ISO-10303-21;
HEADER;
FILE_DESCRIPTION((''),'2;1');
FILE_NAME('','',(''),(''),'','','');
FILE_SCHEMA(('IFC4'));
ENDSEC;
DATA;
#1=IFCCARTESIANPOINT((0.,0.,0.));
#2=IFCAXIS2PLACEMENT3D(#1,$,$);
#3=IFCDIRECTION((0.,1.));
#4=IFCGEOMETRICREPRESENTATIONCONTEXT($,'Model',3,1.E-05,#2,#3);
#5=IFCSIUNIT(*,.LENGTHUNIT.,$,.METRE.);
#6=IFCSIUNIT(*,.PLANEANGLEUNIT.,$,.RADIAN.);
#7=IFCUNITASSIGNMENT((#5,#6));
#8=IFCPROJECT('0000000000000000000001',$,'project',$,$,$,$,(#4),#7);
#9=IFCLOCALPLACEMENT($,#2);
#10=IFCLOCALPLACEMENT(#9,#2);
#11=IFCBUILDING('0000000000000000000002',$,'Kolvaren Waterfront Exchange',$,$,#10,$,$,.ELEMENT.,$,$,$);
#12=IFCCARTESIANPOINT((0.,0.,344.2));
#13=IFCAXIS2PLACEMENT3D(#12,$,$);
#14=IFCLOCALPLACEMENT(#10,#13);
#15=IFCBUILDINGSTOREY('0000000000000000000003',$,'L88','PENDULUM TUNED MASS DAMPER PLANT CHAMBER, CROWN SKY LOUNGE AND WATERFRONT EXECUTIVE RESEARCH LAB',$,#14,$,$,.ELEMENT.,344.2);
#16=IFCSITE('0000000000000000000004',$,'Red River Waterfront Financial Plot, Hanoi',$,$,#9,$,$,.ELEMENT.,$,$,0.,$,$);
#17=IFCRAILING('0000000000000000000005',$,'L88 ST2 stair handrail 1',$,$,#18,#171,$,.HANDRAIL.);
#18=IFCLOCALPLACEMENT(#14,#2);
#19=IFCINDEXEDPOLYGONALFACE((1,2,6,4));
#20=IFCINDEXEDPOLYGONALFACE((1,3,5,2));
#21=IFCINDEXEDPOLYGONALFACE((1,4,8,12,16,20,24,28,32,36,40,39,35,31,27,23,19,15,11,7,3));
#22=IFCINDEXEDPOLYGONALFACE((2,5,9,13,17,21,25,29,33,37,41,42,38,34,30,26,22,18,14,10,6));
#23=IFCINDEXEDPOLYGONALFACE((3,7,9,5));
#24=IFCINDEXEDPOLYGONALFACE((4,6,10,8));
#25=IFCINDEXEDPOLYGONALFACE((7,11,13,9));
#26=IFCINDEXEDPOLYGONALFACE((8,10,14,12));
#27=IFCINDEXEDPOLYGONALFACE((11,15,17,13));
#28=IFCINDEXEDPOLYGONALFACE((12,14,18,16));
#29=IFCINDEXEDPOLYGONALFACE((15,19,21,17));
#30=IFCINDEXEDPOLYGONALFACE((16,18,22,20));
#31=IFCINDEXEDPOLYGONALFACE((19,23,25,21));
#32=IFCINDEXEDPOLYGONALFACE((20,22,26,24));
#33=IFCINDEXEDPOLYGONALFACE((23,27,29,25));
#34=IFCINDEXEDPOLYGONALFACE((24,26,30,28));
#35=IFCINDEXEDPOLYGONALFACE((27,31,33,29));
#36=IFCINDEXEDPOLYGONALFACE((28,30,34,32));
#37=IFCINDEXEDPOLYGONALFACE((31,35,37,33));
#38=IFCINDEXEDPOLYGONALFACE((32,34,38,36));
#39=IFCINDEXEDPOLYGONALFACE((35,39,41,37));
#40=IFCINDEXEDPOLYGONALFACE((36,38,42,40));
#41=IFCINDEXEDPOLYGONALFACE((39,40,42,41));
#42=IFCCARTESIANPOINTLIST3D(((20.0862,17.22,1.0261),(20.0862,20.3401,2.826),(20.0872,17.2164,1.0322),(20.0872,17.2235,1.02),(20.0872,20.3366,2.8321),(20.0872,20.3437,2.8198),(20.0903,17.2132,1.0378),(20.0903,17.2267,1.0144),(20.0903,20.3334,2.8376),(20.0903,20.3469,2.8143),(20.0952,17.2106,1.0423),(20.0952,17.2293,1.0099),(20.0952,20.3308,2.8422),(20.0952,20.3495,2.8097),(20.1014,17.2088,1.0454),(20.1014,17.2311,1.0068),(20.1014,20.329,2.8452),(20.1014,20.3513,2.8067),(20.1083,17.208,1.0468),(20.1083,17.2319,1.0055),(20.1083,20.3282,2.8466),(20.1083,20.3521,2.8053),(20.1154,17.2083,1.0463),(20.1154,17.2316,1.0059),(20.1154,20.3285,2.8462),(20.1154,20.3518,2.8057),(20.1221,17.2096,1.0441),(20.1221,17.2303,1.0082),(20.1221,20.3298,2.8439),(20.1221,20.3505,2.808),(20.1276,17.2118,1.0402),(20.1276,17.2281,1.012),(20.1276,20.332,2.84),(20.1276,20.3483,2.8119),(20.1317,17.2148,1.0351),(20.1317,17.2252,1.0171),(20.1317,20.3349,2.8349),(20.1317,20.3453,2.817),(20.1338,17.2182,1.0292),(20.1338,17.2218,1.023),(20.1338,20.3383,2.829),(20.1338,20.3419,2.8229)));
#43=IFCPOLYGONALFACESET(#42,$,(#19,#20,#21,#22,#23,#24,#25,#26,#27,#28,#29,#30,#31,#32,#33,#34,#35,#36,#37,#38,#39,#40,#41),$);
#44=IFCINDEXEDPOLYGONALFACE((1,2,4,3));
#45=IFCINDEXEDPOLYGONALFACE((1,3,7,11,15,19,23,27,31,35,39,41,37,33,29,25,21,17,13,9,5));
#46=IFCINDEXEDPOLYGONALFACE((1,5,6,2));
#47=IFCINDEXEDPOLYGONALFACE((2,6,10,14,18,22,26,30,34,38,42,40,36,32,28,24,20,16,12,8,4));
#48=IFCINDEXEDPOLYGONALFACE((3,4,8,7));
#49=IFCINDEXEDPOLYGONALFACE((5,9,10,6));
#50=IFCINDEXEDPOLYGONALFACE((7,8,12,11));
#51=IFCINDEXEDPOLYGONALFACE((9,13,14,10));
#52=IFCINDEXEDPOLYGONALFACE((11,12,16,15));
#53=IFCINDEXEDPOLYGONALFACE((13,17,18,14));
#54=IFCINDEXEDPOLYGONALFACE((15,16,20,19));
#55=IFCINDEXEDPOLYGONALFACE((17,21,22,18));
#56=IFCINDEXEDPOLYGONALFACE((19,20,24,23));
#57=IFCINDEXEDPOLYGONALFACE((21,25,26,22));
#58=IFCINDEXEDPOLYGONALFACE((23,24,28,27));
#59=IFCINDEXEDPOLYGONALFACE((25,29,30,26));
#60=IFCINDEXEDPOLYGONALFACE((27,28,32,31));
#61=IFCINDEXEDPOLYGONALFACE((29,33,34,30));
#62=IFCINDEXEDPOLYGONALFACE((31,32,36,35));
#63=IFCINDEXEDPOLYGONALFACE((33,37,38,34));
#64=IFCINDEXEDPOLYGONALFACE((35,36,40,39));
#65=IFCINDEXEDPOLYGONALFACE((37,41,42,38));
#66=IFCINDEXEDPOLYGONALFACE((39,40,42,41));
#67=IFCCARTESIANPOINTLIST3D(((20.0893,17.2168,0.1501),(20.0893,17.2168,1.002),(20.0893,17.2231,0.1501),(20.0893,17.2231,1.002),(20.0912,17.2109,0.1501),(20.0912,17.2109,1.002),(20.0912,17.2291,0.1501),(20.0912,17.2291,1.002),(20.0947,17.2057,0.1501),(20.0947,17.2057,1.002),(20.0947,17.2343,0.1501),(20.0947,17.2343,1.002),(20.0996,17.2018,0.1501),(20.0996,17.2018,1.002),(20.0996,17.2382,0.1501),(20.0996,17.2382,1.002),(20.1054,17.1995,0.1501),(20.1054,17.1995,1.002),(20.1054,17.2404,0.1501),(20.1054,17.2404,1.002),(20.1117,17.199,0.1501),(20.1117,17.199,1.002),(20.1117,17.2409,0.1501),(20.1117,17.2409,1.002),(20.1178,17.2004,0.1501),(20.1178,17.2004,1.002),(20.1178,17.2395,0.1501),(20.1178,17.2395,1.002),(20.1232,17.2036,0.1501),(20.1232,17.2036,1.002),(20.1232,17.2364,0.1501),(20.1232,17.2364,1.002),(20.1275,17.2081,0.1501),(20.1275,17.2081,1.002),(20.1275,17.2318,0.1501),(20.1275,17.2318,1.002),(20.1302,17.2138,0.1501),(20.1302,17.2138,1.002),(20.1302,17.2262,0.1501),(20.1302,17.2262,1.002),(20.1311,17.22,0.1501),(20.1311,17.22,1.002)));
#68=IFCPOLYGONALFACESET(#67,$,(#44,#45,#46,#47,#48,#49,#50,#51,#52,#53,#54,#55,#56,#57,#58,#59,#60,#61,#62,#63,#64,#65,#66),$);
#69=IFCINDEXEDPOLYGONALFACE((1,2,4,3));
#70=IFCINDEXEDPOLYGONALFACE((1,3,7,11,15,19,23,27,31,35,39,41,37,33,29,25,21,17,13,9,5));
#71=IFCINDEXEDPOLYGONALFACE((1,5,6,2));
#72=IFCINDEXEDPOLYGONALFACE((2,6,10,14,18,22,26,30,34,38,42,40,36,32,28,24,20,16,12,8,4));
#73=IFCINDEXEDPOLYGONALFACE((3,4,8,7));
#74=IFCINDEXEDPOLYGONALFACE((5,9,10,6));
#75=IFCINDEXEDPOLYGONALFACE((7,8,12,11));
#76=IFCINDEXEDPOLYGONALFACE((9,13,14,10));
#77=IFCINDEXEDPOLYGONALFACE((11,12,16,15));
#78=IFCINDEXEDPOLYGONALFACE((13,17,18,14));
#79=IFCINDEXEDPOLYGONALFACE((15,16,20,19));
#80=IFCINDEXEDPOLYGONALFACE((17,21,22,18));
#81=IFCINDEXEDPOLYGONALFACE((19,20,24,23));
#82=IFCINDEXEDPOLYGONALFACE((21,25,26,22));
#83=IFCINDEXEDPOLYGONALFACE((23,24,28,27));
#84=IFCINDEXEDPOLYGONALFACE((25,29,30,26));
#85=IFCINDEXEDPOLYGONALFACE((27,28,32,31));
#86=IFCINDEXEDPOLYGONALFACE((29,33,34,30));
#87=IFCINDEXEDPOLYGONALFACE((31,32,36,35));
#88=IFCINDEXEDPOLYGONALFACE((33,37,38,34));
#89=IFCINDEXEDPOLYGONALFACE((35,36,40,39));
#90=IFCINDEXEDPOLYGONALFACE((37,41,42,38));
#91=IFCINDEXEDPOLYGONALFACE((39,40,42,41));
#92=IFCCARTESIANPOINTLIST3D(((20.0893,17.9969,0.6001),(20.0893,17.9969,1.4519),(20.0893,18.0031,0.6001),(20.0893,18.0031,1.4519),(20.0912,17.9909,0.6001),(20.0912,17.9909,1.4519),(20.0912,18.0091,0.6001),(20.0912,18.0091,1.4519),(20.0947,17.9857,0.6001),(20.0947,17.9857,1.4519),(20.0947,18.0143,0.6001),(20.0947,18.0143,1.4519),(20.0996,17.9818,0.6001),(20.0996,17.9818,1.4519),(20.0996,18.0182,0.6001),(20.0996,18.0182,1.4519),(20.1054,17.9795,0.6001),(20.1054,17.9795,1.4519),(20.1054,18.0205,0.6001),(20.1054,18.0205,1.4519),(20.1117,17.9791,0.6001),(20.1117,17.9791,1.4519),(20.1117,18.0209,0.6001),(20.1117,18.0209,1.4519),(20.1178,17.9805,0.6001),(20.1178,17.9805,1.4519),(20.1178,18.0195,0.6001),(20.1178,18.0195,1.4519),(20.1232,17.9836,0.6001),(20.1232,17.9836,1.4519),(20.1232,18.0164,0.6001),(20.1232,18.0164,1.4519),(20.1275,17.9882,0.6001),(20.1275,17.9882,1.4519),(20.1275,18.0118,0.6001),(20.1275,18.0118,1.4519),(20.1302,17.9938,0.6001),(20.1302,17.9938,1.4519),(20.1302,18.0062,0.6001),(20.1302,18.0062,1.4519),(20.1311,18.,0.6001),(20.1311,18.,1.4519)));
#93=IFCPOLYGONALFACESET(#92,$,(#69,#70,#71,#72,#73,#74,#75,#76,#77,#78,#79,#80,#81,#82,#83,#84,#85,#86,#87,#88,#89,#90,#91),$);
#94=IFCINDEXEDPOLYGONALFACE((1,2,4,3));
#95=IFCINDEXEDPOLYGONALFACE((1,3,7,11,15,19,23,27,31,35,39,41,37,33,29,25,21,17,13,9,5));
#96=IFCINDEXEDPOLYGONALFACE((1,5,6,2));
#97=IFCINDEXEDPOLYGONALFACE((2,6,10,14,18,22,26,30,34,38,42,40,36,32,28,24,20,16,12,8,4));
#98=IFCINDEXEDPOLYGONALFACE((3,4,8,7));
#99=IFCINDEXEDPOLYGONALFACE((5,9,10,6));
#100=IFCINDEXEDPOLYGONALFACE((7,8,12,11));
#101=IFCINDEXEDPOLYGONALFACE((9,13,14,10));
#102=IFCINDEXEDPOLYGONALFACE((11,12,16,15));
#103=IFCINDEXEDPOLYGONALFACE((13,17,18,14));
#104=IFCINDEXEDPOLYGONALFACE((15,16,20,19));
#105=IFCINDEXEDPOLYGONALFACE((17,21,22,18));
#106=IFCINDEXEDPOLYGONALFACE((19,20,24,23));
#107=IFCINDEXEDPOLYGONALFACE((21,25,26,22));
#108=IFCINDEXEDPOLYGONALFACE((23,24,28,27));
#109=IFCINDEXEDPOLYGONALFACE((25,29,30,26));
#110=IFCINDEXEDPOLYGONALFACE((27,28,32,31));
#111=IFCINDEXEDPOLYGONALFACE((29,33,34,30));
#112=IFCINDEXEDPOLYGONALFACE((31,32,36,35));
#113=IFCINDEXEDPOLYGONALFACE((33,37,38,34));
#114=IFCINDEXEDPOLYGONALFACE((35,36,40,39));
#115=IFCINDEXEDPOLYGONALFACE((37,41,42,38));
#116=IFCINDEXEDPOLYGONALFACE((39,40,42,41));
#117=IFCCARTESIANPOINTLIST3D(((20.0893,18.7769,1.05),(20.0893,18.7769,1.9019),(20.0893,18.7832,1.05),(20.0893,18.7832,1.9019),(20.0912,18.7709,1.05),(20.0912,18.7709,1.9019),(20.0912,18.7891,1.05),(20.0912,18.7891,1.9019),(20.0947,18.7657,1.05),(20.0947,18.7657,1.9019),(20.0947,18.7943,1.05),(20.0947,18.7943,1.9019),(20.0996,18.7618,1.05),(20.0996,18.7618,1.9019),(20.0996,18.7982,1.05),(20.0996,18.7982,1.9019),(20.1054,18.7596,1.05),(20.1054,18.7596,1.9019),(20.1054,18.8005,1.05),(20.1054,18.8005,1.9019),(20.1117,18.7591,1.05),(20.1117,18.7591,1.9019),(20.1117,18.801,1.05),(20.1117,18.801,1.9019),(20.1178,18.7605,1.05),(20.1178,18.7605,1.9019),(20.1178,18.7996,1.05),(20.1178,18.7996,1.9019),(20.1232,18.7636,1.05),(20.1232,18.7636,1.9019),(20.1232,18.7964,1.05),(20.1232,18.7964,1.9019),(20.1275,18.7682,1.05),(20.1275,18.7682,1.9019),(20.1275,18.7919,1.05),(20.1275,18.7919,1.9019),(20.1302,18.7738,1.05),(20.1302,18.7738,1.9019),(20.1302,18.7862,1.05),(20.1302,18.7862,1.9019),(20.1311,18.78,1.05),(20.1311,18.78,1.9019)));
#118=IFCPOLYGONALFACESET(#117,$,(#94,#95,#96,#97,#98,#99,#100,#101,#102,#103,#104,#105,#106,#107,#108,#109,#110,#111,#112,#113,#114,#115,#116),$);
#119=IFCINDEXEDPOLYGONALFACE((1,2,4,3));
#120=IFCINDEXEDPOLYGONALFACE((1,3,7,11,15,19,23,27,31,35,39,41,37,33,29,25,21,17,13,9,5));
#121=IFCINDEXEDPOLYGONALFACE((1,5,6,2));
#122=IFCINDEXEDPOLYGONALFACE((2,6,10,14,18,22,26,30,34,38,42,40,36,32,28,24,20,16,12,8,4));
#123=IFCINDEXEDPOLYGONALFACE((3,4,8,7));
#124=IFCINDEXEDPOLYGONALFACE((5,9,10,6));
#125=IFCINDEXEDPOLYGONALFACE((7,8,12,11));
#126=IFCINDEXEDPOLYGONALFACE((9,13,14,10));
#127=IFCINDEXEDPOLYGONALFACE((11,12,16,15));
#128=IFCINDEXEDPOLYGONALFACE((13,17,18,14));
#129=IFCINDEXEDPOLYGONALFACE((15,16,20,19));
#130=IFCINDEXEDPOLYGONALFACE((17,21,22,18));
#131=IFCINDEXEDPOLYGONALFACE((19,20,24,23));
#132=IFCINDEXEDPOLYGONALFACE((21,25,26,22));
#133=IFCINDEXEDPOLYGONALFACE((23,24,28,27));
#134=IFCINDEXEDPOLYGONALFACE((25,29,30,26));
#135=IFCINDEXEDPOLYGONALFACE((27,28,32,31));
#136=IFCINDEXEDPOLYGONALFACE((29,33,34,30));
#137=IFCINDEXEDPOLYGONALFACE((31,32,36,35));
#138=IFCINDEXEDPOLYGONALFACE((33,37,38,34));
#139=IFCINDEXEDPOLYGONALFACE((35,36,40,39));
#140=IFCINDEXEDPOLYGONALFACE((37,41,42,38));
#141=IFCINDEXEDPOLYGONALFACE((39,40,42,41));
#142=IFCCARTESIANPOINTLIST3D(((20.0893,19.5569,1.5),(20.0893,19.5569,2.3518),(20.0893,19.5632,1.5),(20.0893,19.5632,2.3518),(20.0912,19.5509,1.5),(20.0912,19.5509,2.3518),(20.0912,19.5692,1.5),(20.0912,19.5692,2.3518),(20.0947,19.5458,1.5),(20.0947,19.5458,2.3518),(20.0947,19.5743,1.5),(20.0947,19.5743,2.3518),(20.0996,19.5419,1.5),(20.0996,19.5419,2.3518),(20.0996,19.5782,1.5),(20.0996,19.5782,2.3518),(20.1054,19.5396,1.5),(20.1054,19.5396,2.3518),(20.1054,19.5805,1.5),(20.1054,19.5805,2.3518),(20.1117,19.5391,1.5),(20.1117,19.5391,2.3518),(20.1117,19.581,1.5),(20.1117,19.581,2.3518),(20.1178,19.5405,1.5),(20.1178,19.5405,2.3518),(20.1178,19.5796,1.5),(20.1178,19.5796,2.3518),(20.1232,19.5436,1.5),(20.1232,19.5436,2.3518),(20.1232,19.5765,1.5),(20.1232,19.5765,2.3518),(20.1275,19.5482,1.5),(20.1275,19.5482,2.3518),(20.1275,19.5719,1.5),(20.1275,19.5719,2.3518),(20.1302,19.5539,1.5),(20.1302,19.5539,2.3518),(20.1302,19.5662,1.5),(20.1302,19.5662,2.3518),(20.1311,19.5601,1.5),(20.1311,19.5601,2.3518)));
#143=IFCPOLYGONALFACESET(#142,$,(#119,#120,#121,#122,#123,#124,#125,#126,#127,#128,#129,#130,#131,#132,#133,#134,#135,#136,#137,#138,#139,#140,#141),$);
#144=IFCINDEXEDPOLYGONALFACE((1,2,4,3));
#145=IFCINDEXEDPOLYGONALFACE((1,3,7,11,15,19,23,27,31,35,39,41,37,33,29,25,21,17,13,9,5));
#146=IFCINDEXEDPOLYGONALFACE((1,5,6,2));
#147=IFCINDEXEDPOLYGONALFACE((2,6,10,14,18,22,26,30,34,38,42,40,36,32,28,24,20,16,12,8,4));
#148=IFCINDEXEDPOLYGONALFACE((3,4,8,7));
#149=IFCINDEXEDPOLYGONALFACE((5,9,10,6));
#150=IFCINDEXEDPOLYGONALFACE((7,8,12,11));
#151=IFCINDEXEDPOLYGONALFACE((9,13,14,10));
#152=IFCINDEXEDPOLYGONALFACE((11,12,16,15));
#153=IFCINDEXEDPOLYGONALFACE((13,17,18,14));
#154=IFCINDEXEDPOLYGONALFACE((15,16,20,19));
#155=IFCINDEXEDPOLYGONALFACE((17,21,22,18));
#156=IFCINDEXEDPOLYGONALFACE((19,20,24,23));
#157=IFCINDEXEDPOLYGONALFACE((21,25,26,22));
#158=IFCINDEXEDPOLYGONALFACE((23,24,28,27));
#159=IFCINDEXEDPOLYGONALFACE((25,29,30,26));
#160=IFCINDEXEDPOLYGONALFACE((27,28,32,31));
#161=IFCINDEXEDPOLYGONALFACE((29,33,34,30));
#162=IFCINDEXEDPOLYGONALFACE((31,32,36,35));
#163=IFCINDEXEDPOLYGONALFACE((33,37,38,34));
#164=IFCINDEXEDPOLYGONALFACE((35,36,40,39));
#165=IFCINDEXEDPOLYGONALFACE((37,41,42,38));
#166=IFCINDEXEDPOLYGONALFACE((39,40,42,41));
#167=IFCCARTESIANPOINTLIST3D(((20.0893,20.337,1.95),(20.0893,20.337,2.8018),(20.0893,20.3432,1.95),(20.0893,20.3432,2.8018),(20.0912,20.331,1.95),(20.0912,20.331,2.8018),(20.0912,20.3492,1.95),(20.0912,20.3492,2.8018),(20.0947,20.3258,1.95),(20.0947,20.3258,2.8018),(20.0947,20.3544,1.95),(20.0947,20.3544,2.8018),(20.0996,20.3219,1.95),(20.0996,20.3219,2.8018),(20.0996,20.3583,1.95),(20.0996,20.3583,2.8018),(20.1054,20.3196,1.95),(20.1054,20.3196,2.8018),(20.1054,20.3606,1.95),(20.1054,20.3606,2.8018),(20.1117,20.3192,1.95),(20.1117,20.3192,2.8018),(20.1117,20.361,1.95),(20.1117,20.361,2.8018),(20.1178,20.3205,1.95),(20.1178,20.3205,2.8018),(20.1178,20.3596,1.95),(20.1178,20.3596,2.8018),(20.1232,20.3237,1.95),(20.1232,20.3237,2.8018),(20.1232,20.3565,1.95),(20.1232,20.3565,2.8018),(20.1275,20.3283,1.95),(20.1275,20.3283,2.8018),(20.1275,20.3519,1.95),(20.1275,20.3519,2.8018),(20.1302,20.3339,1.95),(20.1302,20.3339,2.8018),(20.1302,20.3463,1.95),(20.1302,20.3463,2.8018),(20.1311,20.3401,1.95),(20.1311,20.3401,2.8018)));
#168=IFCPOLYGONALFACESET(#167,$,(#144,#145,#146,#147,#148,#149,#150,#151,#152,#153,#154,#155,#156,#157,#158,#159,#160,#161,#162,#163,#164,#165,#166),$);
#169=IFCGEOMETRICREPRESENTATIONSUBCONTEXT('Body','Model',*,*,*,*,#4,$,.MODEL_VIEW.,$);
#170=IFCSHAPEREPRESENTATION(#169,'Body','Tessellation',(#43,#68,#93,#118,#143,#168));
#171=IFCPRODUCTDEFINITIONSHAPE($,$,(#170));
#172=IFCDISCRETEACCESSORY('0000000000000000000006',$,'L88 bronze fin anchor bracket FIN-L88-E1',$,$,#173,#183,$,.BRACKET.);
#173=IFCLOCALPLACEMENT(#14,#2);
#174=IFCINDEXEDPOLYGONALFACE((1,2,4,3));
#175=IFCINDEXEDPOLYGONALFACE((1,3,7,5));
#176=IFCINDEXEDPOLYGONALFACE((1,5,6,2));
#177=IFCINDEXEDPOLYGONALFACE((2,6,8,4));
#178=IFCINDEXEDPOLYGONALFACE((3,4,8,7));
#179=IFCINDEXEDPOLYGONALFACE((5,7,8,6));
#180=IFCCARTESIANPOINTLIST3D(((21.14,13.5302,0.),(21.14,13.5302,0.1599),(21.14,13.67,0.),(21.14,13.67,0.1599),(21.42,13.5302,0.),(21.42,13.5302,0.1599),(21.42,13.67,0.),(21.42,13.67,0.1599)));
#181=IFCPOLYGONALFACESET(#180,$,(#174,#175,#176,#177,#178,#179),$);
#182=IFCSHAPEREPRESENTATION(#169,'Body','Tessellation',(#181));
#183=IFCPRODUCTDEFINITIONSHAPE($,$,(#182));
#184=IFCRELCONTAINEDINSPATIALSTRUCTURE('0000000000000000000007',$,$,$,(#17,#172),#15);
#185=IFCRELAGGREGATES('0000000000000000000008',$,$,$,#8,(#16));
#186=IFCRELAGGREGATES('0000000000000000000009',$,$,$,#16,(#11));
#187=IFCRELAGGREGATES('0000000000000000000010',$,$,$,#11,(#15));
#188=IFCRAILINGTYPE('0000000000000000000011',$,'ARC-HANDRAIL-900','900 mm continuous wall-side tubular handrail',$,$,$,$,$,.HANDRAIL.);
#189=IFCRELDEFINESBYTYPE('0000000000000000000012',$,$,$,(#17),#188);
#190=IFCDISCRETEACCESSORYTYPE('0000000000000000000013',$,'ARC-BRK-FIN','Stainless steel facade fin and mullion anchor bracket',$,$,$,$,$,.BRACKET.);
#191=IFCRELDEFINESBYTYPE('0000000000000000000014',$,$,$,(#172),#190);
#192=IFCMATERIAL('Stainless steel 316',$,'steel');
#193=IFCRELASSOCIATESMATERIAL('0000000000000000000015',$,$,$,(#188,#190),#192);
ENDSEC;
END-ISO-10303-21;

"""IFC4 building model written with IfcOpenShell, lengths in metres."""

from ifc_helpers import new_model, si_unit, direction, frame, origin, origin_with_axes, origin_2d, place, context, subcontext, project, spatial, rectangle, circle, extrude, source, transform, mapped, material, type_object, element, save


model = new_model("IFC4")

# Units and contexts
model_context = context("Model", 3, precision=1e-05, world=origin(), true_north=direction((0.0, 1.0)))
body_context = subcontext(model_context, "Body", "Model", "MODEL_VIEW")
ifc_project = project(units=[si_unit("LENGTHUNIT", "METRE"), si_unit("PLANEANGLEUNIT", "RADIAN")], contexts=[model_context])

# Site, building, storey
site_placement = place(None, origin())
site = spatial("IfcSite", under=ifc_project, at=site_placement, Name="Red River Waterfront Financial Plot, Hanoi", CompositionType="ELEMENT", RefElevation=0.0)
building_placement = place(site_placement, origin())
building = spatial("IfcBuilding", under=site, at=building_placement, Name="Kolvaren Waterfront Exchange", CompositionType="ELEMENT")
storey_placement = place(building_placement, frame((0.0, 0.0, 344.2)))
storey = spatial("IfcBuildingStorey", under=building, at=storey_placement, Name="L88", Description="PENDULUM TUNED MASS DAMPER PLANT CHAMBER, CROWN SKY LOUNGE AND WATERFRONT EXECUTIVE RESEARCH LAB", CompositionType="ELEMENT", Elevation=344.2)

# Railing
ifc_material_1 = material(Name="Stainless steel 316", Category="steel")
railing_type = type_object("IfcRailingType", Name="ARC-HANDRAIL-900", Description="900 mm continuous wall-side tubular handrail", PredefinedType="HANDRAIL", material=ifc_material_1)
railing_placement = place(storey_placement, frame((20.1101, 17.22, 0.1501)))
element("IfcRailing", 1, at=railing_placement, inside=storey, type_object=railing_type, Name="L88 ST2 stair handrail 1", PredefinedType="HANDRAIL", context=body_context, shape_type="SweptSolid", body=[
    extrude(circle(Radius=0.0239, at=origin_2d()), frame((0.0, 0.0, 0.876), z_axis=(0.0, 0.866217, 0.499668), x_axis=(-1.0, 0.0, 0.0)), (0.0, 0.0, 1.0), 3.6021),
    extrude(circle(Radius=0.021, at=origin_2d()), origin(), (0.0, 0.0, 1.0), 0.8518),
    extrude(circle(Radius=0.021, at=origin_2d()), frame((0.0, 0.78, 0.45)), (0.0, 0.0, 1.0), 0.8518),
    extrude(circle(Radius=0.021, at=origin_2d()), frame((0.0, 1.5601, 0.8999)), (0.0, 0.0, 1.0), 0.8518),
    extrude(circle(Radius=0.021, at=origin_2d()), frame((0.0, 2.3401, 1.3499)), (0.0, 0.0, 1.0), 0.8518),
    extrude(circle(Radius=0.021, at=origin_2d()), frame((0.0, 3.1201, 1.7998)), (0.0, 0.0, 1.0), 0.8518),
])

# Discrete accessory
discrete_accessory_type = type_object("IfcDiscreteAccessoryType", Name="ARC-BRK-FIN", Description="Stainless steel facade fin and mullion anchor bracket", PredefinedType="BRACKET", material=ifc_material_1)
shared_shape_1 = source(origin_with_axes(), body_context, "Body", "SweptSolid", [
    extrude(rectangle(XDim=0.28, YDim=0.1399, at=origin_2d()), origin(), (0.0, 0.0, 1.0), 0.1599),
])
discrete_accessory_placement = place(storey_placement, frame((21.28, 13.6001, 0.0), z_axis=(0.0, 0.0, 1.0), x_axis=(1.0, 0.0, 0.0)))
element("IfcDiscreteAccessory", 2, at=discrete_accessory_placement, inside=storey, type_object=discrete_accessory_type, Name="L88 bronze fin anchor bracket FIN-L88-E1", PredefinedType="BRACKET", context=body_context, shape_type="MappedRepresentation", body=[
    mapped(shared_shape_1, transform((0.0, 0.0, 0.0), x_axis=(1.0, 0.0, 0.0), y_axis=(0.0, 1.0, 0.0), z_axis=(0.0, 0.0, 1.0), scale=1.0)),
])

save(model, "model.ifc")
